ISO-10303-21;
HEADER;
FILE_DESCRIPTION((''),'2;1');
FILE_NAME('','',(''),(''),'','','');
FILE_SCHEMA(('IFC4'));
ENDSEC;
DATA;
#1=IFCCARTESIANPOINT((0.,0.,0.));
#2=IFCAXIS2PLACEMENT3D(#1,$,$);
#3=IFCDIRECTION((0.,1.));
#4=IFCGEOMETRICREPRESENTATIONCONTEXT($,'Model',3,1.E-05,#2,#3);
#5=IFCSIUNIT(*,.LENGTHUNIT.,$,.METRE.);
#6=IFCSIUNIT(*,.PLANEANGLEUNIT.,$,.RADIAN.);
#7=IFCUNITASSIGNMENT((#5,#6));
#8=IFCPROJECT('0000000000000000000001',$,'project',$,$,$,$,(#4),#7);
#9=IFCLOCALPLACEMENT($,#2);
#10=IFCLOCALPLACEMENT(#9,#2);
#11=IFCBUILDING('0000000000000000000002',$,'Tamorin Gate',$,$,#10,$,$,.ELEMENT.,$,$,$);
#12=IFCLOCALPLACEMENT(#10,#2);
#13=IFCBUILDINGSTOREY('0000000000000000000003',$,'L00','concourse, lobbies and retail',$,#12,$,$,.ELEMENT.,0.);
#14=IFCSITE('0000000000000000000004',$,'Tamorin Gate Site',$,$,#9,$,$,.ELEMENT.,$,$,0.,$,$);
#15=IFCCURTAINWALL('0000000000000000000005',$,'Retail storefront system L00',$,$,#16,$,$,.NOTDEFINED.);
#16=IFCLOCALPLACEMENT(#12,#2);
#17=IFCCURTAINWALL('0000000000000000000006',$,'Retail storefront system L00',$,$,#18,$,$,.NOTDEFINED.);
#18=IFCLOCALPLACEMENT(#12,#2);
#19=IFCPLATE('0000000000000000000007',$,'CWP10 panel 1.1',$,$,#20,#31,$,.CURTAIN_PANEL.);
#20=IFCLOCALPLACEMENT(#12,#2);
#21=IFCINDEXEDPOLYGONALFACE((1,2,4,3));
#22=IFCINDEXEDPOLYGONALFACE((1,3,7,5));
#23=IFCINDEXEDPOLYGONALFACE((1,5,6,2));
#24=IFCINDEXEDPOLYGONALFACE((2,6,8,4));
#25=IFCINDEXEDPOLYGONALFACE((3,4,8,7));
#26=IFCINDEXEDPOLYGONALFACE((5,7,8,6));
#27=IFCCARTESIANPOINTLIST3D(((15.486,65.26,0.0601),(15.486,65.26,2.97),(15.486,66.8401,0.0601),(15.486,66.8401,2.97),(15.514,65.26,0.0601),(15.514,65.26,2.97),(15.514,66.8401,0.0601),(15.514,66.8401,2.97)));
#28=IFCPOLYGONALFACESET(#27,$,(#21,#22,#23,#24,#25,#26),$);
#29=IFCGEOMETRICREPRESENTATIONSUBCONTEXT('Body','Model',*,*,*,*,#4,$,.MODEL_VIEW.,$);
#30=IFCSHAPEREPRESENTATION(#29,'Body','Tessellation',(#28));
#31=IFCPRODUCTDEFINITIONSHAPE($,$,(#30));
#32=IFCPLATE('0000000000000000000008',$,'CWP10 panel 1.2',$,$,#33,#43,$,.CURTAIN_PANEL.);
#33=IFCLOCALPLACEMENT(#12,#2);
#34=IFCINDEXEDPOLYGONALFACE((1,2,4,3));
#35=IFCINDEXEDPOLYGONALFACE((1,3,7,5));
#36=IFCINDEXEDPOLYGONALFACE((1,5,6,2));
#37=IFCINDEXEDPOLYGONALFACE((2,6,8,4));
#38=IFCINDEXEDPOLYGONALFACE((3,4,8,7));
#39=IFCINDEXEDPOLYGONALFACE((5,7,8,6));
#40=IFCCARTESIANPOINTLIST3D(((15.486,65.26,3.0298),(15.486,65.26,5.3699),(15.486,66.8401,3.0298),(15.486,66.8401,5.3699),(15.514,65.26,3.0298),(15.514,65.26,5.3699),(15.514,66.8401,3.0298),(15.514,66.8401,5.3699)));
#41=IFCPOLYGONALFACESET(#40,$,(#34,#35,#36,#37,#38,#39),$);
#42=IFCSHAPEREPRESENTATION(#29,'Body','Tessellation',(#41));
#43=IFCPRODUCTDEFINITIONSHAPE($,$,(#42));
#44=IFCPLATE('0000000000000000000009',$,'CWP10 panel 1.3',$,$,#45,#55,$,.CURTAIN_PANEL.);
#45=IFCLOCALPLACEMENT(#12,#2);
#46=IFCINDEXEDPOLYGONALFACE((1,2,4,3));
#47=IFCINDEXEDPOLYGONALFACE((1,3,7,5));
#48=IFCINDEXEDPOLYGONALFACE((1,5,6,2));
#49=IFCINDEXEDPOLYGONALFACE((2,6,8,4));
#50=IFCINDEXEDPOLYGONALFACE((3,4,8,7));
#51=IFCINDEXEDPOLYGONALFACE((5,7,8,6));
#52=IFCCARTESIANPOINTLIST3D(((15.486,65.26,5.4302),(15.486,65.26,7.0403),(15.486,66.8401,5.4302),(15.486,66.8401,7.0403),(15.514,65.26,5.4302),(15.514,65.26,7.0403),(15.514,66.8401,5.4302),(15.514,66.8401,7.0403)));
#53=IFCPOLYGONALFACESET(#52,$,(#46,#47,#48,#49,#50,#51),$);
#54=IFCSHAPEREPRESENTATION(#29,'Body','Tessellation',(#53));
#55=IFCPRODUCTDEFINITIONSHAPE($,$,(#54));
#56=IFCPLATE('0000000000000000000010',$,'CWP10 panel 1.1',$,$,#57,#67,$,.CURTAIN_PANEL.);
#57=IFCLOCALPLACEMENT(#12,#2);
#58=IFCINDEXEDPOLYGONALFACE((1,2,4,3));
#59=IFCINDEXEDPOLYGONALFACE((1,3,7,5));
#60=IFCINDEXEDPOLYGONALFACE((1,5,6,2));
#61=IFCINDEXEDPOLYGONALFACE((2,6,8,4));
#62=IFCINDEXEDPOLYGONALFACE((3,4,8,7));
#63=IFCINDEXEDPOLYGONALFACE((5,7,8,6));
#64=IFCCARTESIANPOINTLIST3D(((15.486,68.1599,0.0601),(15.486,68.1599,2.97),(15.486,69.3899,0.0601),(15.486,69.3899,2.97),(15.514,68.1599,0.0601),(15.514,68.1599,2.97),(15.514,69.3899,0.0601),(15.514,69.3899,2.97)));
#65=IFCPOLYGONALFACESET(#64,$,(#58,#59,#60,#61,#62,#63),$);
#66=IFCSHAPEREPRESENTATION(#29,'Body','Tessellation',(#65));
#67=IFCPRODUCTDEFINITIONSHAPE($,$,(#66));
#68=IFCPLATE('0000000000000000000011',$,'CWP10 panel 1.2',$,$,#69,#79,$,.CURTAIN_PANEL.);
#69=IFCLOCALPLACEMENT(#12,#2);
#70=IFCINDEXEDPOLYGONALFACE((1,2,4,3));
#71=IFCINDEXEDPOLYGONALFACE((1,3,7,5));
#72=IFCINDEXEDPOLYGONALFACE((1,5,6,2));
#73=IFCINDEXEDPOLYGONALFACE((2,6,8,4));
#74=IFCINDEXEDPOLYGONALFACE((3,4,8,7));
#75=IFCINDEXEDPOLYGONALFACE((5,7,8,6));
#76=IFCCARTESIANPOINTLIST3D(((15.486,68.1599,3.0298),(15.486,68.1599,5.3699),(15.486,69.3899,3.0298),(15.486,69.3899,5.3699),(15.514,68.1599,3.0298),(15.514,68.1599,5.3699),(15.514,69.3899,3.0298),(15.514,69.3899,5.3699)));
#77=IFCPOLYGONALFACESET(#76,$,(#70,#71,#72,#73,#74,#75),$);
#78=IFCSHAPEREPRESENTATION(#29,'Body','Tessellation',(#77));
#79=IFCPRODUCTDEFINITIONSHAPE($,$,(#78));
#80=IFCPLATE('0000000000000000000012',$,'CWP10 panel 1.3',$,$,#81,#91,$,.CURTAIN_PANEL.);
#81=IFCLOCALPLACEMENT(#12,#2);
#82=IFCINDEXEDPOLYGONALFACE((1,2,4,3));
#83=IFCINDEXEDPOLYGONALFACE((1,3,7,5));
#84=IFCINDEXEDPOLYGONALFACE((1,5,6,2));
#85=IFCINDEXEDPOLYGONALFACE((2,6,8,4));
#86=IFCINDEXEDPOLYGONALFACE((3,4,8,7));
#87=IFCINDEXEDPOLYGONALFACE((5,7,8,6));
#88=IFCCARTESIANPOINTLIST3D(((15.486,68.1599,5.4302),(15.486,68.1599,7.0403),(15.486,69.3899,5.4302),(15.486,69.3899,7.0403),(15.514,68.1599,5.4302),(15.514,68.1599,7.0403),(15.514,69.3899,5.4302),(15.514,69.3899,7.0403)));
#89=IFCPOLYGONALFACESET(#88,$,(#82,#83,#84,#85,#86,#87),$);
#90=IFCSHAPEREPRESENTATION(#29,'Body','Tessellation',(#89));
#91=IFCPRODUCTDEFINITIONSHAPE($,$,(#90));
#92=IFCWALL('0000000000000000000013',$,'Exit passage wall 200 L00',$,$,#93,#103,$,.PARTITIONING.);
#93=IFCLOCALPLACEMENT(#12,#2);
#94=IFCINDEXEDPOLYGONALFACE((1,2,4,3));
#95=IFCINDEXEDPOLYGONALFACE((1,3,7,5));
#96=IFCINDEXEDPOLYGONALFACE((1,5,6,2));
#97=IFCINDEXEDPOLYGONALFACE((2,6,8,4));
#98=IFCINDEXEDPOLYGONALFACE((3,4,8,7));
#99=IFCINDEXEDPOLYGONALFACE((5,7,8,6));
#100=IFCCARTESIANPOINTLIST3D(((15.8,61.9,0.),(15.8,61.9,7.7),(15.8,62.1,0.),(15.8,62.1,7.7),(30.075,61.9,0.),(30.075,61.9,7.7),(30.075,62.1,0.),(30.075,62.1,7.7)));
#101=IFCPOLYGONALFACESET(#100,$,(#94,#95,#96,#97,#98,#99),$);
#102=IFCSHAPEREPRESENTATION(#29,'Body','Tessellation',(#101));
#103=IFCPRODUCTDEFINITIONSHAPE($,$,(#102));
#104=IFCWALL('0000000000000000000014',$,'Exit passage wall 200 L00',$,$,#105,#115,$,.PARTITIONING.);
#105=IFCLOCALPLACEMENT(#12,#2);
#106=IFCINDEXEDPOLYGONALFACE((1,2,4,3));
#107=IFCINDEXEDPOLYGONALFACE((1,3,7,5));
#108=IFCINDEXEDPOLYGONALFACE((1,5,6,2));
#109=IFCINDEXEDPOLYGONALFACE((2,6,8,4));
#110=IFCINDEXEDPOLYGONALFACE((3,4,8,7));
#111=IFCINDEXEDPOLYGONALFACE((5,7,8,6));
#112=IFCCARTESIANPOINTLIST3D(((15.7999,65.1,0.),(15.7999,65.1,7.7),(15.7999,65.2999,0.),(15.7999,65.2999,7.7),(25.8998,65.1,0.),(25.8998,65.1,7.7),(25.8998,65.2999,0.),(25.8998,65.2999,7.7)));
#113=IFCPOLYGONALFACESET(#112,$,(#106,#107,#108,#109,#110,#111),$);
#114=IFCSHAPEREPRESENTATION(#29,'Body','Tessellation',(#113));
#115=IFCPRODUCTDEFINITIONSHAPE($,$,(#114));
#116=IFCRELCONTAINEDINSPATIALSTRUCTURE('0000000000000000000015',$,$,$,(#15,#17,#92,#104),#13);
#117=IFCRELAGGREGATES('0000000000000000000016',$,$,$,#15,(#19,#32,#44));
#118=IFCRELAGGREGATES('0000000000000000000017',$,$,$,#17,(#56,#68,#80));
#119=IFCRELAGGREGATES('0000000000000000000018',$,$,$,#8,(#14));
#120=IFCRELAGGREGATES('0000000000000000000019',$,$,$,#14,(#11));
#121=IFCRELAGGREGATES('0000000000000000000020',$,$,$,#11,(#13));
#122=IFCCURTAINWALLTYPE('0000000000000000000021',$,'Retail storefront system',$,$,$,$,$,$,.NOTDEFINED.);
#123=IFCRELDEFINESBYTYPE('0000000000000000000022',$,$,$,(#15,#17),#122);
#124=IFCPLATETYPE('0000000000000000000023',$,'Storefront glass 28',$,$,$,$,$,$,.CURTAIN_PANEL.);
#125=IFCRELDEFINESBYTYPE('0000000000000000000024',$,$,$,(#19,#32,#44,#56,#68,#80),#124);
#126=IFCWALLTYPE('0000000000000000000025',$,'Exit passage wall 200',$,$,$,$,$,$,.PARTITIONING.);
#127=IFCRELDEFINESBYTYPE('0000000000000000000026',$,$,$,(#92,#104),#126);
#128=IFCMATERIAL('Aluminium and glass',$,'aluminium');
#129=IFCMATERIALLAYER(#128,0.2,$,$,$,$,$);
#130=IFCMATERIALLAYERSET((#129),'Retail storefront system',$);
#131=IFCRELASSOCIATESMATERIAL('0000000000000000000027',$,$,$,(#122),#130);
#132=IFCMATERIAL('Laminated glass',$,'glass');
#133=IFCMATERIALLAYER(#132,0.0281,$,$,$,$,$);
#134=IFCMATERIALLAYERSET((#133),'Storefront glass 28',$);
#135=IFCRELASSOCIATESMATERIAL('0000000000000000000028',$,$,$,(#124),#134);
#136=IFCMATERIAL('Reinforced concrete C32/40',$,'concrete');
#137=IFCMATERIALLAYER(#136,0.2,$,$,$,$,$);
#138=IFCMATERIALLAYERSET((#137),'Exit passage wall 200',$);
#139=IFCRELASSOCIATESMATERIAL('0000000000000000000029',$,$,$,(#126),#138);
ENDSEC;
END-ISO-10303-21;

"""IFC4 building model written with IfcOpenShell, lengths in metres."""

from ifc_helpers import new_model, si_unit, direction, frame, frame_2d, origin, origin_2d, place, context, subcontext, project, spatial, rectangle, extrude, material, layer, layer_set, type_object, element, aggregate, save


model = new_model("IFC4")

# Units and contexts
model_context = context("Model", 3, precision=1e-05, world=origin(), true_north=direction((0.0, 1.0)))
body_context = subcontext(model_context, "Body", "Model", "MODEL_VIEW")
ifc_project = project(units=[si_unit("LENGTHUNIT", "METRE"), si_unit("PLANEANGLEUNIT", "RADIAN")], contexts=[model_context])

# Site, building, storey
site_placement = place(None, origin())
site = spatial("IfcSite", under=ifc_project, at=site_placement, Name="Tamorin Gate Site", CompositionType="ELEMENT", RefElevation=0.0)
building_placement = place(site_placement, origin())
building = spatial("IfcBuilding", under=site, at=building_placement, Name="Tamorin Gate", CompositionType="ELEMENT")
storey_placement = place(building_placement, origin())
storey = spatial("IfcBuildingStorey", under=building, at=storey_placement, Name="L00", Description="concourse, lobbies and retail", CompositionType="ELEMENT", Elevation=0.0)

# Curtain wall
ifc_material_1 = material(Name="Aluminium and glass", Category="aluminium")
ifc_layer_1 = layer(ifc_material_1, 0.2)
ifc_layer_set_1 = layer_set([ifc_layer_1], Name="Retail storefront system")
curtain_wall_type = type_object("IfcCurtainWallType", Name="Retail storefront system", PredefinedType="NOTDEFINED", material=ifc_layer_set_1)
curtain_wall_1_placement = place(storey_placement, origin())
curtain_wall_1 = element("IfcCurtainWall", 1, at=curtain_wall_1_placement, inside=storey, type_object=curtain_wall_type, Name="Retail storefront system L00", PredefinedType="NOTDEFINED")

# Curtain wall
curtain_wall_2_placement = place(storey_placement, origin())
curtain_wall_2 = element("IfcCurtainWall", 2, at=curtain_wall_2_placement, inside=storey, type_object=curtain_wall_type, Name="Retail storefront system L00", PredefinedType="NOTDEFINED")

# Plates
ifc_material_2 = material(Name="Laminated glass", Category="glass")
ifc_layer_2 = layer(ifc_material_2, 0.0281)
ifc_layer_set_2 = layer_set([ifc_layer_2], Name="Storefront glass 28")
plate_type = type_object("IfcPlateType", Name="Storefront glass 28", PredefinedType="CURTAIN_PANEL", material=ifc_layer_set_2)
plate_1_placement = place(storey_placement, frame((15.5, 66.05, 0.0601), z_axis=(0.0, 0.0, 1.0), x_axis=(0.0, 1.0, 0.0)))
plate_1 = element("IfcPlate", 3, at=plate_1_placement, type_object=plate_type, Name="CWP10 panel 1.1", PredefinedType="CURTAIN_PANEL", context=body_context, shape_type="SweptSolid", body=[
    extrude(rectangle(XDim=1.5801, YDim=0.0281, at=origin_2d()), origin(), (0.0, 0.0, 1.0), 2.9099),
])
plate_2_placement = place(storey_placement, frame((15.5, 66.05, 3.0298), z_axis=(0.0, 0.0, 1.0), x_axis=(0.0, 1.0, 0.0)))
plate_2 = element("IfcPlate", 4, at=plate_2_placement, type_object=plate_type, Name="CWP10 panel 1.2", PredefinedType="CURTAIN_PANEL", context=body_context, shape_type="SweptSolid", body=[
    extrude(rectangle(XDim=1.5801, YDim=0.0281, at=origin_2d()), origin(), (0.0, 0.0, 1.0), 2.3401),
])
plate_3_placement = place(storey_placement, frame((15.5, 66.05, 5.4302), z_axis=(0.0, 0.0, 1.0), x_axis=(0.0, 1.0, 0.0)))
plate_3 = element("IfcPlate", 5, at=plate_3_placement, type_object=plate_type, Name="CWP10 panel 1.3", PredefinedType="CURTAIN_PANEL", context=body_context, shape_type="SweptSolid", body=[
    extrude(rectangle(XDim=1.5801, YDim=0.0281, at=origin_2d()), origin(), (0.0, 0.0, 1.0), 1.6101),
])
aggregate(curtain_wall_1, [plate_1, plate_2, plate_3])
plate_4_placement = place(storey_placement, frame((15.5, 68.7749, 0.0601), z_axis=(0.0, 0.0, 1.0), x_axis=(0.0, 1.0, 0.0)))
plate_4 = element("IfcPlate", 6, at=plate_4_placement, type_object=plate_type, Name="CWP10 panel 1.1", PredefinedType="CURTAIN_PANEL", context=body_context, shape_type="SweptSolid", body=[
    extrude(rectangle(XDim=1.23, YDim=0.0281, at=origin_2d()), origin(), (0.0, 0.0, 1.0), 2.9099),
])
plate_5_placement = place(storey_placement, frame((15.5, 68.7749, 3.0298), z_axis=(0.0, 0.0, 1.0), x_axis=(0.0, 1.0, 0.0)))
plate_5 = element("IfcPlate", 7, at=plate_5_placement, type_object=plate_type, Name="CWP10 panel 1.2", PredefinedType="CURTAIN_PANEL", context=body_context, shape_type="SweptSolid", body=[
    extrude(rectangle(XDim=1.23, YDim=0.0281, at=origin_2d()), origin(), (0.0, 0.0, 1.0), 2.3401),
])
plate_6_placement = place(storey_placement, frame((15.5, 68.7749, 5.4302), z_axis=(0.0, 0.0, 1.0), x_axis=(0.0, 1.0, 0.0)))
plate_6 = element("IfcPlate", 8, at=plate_6_placement, type_object=plate_type, Name="CWP10 panel 1.3", PredefinedType="CURTAIN_PANEL", context=body_context, shape_type="SweptSolid", body=[
    extrude(rectangle(XDim=1.23, YDim=0.0281, at=origin_2d()), origin(), (0.0, 0.0, 1.0), 1.6101),
])
aggregate(curtain_wall_2, [plate_4, plate_5, plate_6])

# Walls
ifc_material_3 = material(Name="Reinforced concrete C32/40", Category="concrete")
ifc_layer_3 = layer(ifc_material_3, 0.2)
ifc_layer_set_3 = layer_set([ifc_layer_3], Name="Exit passage wall 200")
wall_type = type_object("IfcWallType", Name="Exit passage wall 200", PredefinedType="PARTITIONING", material=ifc_layer_set_3)
wall_1_placement = place(storey_placement, frame((15.8, 62.0, 0.0), z_axis=(0.0, 0.0, 1.0), x_axis=(1.0, 0.0, 0.0)))
element("IfcWall", 9, at=wall_1_placement, inside=storey, type_object=wall_type, Name="Exit passage wall 200 L00", PredefinedType="PARTITIONING", context=body_context, shape_type="SweptSolid", body=[
    extrude(rectangle(XDim=14.2749, YDim=0.2, at=frame_2d((7.1375, 0.0))), origin(), (0.0, 0.0, 1.0), 7.7),
])
wall_2_placement = place(storey_placement, frame((15.8, 65.2, 0.0), z_axis=(0.0, 0.0, 1.0), x_axis=(1.0, 0.0, 0.0)))
element("IfcWall", 10, at=wall_2_placement, inside=storey, type_object=wall_type, Name="Exit passage wall 200 L00", PredefinedType="PARTITIONING", context=body_context, shape_type="SweptSolid", body=[
    extrude(rectangle(XDim=10.0999, YDim=0.2, at=frame_2d((5.0498, 0.0))), origin(), (0.0, 0.0, 1.0), 7.7),
])

save(model, "model.ifc")
